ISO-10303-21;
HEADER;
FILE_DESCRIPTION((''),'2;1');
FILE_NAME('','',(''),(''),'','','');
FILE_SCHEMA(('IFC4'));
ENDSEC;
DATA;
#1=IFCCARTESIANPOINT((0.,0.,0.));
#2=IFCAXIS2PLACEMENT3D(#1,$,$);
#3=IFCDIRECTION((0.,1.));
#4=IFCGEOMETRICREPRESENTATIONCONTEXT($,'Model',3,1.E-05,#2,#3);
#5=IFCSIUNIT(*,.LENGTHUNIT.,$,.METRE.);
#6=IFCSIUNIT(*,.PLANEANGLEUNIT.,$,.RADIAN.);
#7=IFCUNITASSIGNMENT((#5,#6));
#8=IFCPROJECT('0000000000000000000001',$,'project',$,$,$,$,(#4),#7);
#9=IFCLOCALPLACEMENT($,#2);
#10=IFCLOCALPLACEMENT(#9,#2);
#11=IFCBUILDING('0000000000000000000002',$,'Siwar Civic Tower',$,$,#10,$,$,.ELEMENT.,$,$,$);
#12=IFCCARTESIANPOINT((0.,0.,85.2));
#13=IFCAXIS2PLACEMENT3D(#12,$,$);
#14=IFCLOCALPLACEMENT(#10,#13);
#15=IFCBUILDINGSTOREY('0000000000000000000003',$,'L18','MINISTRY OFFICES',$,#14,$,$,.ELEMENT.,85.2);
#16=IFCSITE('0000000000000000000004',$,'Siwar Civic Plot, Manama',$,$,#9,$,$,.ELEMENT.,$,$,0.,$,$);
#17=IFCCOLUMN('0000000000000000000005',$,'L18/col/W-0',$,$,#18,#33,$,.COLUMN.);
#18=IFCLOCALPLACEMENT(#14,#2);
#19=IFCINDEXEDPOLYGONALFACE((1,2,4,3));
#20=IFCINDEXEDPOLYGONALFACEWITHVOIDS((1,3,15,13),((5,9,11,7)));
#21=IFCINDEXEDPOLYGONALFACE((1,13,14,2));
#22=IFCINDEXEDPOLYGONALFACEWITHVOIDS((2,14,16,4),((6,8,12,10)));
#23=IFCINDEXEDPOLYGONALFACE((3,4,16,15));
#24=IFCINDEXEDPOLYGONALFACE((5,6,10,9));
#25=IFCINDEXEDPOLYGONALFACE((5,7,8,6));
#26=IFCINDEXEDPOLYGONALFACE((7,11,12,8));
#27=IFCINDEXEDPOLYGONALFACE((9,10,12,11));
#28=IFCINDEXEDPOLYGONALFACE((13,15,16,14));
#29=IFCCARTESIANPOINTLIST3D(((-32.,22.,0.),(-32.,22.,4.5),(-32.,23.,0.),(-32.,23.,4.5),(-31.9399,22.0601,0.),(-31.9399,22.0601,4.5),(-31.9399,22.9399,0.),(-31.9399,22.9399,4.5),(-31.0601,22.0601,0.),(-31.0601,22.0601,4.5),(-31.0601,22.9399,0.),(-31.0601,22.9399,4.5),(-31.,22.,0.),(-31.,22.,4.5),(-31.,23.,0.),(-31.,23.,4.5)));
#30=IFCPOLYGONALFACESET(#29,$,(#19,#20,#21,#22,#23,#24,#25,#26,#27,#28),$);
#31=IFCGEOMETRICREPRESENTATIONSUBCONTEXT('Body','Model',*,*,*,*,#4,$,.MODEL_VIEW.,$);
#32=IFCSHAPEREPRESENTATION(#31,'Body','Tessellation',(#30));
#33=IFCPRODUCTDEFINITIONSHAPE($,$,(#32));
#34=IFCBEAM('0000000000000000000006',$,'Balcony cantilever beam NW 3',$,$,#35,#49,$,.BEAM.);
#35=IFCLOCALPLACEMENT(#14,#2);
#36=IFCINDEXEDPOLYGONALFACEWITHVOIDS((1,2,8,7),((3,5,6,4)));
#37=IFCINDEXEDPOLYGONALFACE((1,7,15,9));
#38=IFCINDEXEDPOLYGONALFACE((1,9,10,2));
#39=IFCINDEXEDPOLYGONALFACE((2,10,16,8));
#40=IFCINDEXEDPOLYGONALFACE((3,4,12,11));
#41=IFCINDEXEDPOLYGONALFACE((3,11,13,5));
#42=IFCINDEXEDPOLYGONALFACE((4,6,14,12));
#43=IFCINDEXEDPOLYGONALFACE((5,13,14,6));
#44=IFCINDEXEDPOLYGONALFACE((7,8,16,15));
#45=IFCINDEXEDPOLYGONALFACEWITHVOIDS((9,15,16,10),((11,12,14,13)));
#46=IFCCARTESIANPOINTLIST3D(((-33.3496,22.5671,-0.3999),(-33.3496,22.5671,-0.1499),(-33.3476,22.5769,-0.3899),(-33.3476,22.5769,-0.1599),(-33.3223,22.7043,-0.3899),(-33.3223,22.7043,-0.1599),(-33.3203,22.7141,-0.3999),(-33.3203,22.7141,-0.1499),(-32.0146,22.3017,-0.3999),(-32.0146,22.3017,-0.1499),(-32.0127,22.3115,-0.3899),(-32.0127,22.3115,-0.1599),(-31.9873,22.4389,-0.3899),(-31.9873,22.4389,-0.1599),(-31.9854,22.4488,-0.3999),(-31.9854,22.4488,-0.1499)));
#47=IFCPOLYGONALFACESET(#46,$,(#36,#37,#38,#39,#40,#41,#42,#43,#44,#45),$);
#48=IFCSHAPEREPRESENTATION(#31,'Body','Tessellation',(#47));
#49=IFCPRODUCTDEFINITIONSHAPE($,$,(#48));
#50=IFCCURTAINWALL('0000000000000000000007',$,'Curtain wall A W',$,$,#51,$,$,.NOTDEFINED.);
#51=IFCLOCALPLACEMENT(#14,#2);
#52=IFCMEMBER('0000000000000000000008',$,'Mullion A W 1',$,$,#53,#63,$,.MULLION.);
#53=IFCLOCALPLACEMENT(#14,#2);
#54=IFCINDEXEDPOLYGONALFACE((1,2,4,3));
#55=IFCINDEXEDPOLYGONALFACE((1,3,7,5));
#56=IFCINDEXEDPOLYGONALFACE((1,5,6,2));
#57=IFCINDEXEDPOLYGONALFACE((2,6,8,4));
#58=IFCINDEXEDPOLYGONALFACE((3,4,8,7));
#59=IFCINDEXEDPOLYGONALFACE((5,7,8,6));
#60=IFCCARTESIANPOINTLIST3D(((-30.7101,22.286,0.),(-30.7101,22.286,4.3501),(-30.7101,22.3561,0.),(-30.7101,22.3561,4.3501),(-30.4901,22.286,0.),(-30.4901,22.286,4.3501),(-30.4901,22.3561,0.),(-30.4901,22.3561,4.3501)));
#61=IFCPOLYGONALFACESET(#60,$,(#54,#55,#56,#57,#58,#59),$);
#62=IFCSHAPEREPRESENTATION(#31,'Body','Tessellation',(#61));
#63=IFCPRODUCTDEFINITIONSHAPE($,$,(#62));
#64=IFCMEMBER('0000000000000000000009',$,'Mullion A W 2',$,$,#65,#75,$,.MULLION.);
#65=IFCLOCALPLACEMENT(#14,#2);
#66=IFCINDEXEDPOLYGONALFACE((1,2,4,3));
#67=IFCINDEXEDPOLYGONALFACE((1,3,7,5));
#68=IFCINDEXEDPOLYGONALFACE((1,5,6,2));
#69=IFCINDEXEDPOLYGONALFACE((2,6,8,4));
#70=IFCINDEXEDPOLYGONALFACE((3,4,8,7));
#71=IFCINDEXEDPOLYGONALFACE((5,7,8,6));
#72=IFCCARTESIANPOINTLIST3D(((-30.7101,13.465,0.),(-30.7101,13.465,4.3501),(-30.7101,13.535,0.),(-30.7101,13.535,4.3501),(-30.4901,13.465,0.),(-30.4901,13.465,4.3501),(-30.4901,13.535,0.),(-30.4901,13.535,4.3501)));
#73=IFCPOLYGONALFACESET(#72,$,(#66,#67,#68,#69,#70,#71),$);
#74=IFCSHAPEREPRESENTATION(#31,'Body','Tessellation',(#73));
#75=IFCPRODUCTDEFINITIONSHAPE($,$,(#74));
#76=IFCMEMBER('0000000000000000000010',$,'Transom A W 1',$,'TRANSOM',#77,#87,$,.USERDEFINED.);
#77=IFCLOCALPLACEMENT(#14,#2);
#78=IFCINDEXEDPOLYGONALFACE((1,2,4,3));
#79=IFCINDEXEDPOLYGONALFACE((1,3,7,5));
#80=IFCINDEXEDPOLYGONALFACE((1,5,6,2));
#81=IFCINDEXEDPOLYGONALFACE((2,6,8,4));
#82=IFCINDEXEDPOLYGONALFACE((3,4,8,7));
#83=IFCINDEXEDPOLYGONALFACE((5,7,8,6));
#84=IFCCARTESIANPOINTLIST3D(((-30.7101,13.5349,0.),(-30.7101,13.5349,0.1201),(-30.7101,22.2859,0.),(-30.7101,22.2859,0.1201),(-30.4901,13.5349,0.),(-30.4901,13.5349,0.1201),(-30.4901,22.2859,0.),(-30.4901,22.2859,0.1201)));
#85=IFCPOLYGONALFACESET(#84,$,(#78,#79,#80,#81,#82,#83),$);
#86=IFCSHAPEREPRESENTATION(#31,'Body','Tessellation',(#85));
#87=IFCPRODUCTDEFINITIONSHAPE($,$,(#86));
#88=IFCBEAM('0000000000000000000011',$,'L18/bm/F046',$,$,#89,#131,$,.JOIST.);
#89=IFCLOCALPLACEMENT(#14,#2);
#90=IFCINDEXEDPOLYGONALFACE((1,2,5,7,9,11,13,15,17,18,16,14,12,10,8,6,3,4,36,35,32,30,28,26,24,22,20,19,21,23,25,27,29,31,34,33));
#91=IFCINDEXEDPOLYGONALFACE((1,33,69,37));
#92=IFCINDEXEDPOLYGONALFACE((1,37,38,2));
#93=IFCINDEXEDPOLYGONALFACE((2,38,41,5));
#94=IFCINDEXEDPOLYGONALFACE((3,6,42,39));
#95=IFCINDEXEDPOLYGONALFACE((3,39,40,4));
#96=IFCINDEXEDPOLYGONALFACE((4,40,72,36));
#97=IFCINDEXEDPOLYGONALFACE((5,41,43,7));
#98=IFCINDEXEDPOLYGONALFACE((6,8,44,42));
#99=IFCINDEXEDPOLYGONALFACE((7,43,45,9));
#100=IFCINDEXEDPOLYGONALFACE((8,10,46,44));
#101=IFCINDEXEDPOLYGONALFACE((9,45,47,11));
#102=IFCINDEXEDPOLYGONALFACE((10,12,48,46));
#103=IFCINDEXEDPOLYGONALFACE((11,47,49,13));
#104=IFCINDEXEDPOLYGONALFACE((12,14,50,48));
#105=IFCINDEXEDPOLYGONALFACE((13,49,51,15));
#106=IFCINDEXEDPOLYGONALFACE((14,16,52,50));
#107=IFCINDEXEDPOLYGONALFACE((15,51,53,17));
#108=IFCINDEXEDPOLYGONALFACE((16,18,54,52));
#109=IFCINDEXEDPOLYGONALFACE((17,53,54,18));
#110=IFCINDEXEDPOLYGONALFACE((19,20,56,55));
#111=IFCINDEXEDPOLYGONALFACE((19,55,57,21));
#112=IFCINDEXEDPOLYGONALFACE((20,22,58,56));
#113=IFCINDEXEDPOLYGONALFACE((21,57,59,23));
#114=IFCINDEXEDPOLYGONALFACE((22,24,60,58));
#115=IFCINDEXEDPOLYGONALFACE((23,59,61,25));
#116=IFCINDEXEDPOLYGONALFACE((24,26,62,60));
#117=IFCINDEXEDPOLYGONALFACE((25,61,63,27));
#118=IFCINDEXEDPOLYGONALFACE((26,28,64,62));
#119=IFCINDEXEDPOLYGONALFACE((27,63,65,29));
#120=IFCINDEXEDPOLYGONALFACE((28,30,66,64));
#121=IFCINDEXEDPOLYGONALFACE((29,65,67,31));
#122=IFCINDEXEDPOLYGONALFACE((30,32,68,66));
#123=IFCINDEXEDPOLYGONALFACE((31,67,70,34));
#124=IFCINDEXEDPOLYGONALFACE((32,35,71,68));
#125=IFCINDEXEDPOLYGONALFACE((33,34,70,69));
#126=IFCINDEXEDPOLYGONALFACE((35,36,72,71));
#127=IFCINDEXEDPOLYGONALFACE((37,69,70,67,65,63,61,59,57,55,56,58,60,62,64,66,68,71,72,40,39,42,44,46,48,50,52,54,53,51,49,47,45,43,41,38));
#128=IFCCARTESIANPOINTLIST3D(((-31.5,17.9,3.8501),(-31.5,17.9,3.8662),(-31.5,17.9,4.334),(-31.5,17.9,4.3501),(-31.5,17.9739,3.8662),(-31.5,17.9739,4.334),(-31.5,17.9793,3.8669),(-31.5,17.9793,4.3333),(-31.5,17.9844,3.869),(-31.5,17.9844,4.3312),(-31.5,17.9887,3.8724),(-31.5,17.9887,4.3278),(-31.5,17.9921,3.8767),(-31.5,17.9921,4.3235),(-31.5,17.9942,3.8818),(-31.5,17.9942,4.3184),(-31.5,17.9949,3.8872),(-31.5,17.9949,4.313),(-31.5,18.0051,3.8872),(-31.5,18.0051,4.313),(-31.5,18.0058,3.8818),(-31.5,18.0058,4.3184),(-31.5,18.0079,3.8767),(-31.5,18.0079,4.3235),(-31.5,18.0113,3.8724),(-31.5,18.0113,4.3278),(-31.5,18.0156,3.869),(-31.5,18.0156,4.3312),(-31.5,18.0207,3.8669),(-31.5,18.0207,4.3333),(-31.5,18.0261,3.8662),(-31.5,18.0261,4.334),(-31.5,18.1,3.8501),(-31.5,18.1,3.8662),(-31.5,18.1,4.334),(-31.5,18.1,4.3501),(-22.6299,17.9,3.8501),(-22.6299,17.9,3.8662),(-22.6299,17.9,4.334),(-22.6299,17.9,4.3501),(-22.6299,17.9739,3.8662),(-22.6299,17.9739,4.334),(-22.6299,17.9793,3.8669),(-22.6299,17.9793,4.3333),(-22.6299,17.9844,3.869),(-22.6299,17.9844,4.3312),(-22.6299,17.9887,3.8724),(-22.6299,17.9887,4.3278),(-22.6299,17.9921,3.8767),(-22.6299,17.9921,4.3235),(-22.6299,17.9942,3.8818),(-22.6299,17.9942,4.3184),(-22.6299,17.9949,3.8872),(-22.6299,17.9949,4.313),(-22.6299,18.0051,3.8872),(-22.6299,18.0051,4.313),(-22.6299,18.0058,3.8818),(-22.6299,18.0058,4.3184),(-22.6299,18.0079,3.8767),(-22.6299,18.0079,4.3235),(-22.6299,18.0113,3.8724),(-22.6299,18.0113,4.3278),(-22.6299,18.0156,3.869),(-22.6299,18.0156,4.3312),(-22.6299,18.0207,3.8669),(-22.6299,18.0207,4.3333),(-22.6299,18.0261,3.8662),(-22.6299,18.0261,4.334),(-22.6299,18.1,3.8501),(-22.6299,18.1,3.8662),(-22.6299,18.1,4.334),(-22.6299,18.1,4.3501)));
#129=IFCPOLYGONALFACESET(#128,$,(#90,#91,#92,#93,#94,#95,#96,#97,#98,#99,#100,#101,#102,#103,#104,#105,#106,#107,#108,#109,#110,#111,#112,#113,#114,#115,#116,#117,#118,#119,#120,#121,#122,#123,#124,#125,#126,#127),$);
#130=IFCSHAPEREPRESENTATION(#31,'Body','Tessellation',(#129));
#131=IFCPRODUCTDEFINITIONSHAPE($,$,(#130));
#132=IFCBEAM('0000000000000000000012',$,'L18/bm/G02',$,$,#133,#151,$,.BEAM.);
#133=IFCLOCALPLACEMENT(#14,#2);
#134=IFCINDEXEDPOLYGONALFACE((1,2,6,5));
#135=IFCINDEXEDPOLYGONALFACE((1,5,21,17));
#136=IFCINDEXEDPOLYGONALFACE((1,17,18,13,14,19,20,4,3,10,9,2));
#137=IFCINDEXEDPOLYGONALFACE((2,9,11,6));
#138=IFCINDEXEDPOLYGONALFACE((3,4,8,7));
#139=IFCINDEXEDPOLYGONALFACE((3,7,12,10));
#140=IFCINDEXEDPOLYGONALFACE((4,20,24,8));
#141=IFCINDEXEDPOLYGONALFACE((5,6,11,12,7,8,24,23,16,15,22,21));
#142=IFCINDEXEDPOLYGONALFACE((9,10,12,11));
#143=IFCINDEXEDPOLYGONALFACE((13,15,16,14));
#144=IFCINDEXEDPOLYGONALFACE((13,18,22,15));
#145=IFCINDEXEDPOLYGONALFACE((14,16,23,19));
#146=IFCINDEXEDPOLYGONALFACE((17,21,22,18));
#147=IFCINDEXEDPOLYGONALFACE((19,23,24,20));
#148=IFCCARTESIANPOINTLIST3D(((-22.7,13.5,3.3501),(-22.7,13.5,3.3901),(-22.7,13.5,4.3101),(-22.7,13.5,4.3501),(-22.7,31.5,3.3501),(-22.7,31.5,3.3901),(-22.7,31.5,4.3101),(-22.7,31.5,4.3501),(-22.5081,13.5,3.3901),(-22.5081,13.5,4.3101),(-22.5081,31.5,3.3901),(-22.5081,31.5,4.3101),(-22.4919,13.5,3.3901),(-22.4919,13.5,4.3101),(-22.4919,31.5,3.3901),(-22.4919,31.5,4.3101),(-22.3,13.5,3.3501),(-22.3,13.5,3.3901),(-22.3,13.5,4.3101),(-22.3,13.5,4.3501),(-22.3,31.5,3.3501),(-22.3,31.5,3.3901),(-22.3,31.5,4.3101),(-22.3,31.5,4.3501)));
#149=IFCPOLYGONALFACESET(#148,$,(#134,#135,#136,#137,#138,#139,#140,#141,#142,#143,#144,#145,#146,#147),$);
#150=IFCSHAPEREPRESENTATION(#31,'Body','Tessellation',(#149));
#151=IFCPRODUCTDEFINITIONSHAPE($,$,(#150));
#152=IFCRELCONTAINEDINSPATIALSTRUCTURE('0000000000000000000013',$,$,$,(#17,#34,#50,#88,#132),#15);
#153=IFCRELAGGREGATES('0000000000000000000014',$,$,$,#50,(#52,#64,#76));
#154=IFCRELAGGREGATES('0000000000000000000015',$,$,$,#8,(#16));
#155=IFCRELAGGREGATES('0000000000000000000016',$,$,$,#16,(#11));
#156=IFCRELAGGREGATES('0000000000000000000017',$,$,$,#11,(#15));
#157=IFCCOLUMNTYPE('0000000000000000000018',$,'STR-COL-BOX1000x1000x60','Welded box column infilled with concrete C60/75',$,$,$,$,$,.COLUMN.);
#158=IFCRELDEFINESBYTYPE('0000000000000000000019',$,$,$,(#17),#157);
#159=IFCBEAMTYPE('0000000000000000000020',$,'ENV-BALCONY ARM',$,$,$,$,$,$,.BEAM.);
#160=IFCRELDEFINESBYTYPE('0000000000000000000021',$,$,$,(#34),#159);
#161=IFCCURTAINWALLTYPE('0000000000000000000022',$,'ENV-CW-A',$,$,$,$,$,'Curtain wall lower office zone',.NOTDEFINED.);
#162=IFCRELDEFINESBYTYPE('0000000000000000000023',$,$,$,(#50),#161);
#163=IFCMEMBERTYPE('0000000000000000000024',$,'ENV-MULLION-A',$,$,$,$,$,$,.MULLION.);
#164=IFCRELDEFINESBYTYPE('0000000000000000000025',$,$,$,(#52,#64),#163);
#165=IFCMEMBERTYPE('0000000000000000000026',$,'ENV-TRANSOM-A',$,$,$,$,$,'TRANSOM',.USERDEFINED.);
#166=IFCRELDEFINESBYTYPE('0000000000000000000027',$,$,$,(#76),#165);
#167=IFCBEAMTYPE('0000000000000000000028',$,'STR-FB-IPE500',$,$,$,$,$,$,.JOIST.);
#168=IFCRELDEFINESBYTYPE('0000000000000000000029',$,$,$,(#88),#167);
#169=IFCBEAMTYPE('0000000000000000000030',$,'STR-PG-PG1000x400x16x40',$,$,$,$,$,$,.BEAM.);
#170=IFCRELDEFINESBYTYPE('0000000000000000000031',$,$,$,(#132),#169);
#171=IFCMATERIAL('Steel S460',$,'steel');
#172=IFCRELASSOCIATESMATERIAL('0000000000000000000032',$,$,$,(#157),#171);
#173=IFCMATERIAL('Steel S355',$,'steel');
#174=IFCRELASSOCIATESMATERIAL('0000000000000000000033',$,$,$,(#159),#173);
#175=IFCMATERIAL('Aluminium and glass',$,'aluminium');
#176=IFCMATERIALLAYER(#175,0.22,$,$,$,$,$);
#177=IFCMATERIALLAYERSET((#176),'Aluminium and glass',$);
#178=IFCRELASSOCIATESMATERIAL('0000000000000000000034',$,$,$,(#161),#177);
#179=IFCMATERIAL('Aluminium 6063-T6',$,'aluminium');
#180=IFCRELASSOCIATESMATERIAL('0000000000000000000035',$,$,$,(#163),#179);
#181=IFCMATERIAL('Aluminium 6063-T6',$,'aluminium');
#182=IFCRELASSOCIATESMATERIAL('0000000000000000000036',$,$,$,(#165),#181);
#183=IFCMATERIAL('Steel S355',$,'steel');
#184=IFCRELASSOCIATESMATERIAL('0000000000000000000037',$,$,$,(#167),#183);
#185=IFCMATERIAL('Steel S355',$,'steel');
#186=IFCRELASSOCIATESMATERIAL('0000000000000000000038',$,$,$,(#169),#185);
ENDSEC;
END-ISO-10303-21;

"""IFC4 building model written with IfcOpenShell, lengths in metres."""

from ifc_helpers import new_model, si_unit, direction, frame, origin, origin_2d, place, context, subcontext, project, spatial, rectangle, hollow_rectangle, i_section, extrude, material, layer, layer_set, material_profile, profile_set, type_object, element, aggregate, save


model = new_model("IFC4")

# Units and contexts
model_context = context("Model", 3, precision=1e-05, world=origin(), true_north=direction((0.0, 1.0)))
body_context = subcontext(model_context, "Body", "Model", "MODEL_VIEW")
ifc_project = project(units=[si_unit("LENGTHUNIT", "METRE"), si_unit("PLANEANGLEUNIT", "RADIAN")], contexts=[model_context])

# Site, building, storey
site_placement = place(None, origin())
site = spatial("IfcSite", under=ifc_project, at=site_placement, Name="Siwar Civic Plot, Manama", CompositionType="ELEMENT", RefElevation=0.0)
building_placement = place(site_placement, origin())
building = spatial("IfcBuilding", under=site, at=building_placement, Name="Siwar Civic Tower", CompositionType="ELEMENT")
storey_placement = place(building_placement, frame((0.0, 0.0, 85.2)))
storey = spatial("IfcBuildingStorey", under=building, at=storey_placement, Name="L18", Description="MINISTRY OFFICES", CompositionType="ELEMENT", Elevation=85.2)

# Column
ifc_material_1 = material(Name="Steel S460", Category="steel")
ifc_material_profile_1 = material_profile(ifc_material_1, hollow_rectangle(XDim=1.0, YDim=1.0, WallThickness=0.0601, at=origin_2d()), Name="BOX1000x1000x60")
ifc_profile_set_1 = profile_set([ifc_material_profile_1], Name="Steel S460")
column_type = type_object("IfcColumnType", Name="STR-COL-BOX1000x1000x60", Description="Welded box column infilled with concrete C60/75", PredefinedType="COLUMN", material=ifc_profile_set_1)
column_placement = place(storey_placement, frame((-31.5, 22.5, 0.0), z_axis=(0.0, 0.0, 1.0), x_axis=(1.0, 0.0, 0.0)))
element("IfcColumn", 1, at=column_placement, inside=storey, type_object=column_type, Name="L18/col/W-0", PredefinedType="COLUMN", context=body_context, shape_type="SweptSolid", body=[
    extrude(hollow_rectangle(XDim=1.0, YDim=1.0, WallThickness=0.0601, at=origin_2d()), origin(), (0.0, 0.0, 1.0), 4.5),
])

# Beam
ifc_material_2 = material(Name="Steel S355", Category="steel")
ifc_material_profile_2 = material_profile(ifc_material_2, hollow_rectangle(XDim=0.1499, YDim=0.25, WallThickness=0.01, at=origin_2d()), Name="RHS250x150x10")
ifc_profile_set_2 = profile_set([ifc_material_profile_2], Name="Steel S355")
beam_type_1 = type_object("IfcBeamType", Name="ENV-BALCONY ARM", PredefinedType="BEAM", material=ifc_profile_set_2)
beam_1_placement = place(storey_placement, frame((-32.0, 22.3752, -0.2749), z_axis=(-0.980808, 0.194978, 0.0), x_axis=(-0.194978, -0.980808, 0.0)))
element("IfcBeam", 2, at=beam_1_placement, inside=storey, type_object=beam_type_1, Name="Balcony cantilever beam NW 3", PredefinedType="BEAM", context=body_context, shape_type="SweptSolid", body=[
    extrude(hollow_rectangle(XDim=0.1499, YDim=0.25, WallThickness=0.01, at=origin_2d()), origin(), (0.0, 0.0, 1.0), 1.3611),
])

# Curtain wall, members
ifc_material_3 = material(Name="Aluminium and glass", Category="aluminium")
ifc_layer_1 = layer(ifc_material_3, 0.22)
ifc_layer_set_1 = layer_set([ifc_layer_1], Name="Aluminium and glass")
curtain_wall_type = type_object("IfcCurtainWallType", Name="ENV-CW-A", ElementType="Curtain wall lower office zone", PredefinedType="NOTDEFINED", material=ifc_layer_set_1)
curtain_wall_placement = place(storey_placement, origin())
curtain_wall = element("IfcCurtainWall", 3, at=curtain_wall_placement, inside=storey, type_object=curtain_wall_type, Name="Curtain wall A W", PredefinedType="NOTDEFINED")
ifc_material_4 = material(Name="Aluminium 6063-T6", Category="aluminium")
ifc_material_profile_3 = material_profile(ifc_material_4, rectangle(XDim=0.22, YDim=0.0701, at=origin_2d()), Name="AL 220x70")
ifc_profile_set_3 = profile_set([ifc_material_profile_3], Name="Aluminium 6063-T6")
member_type_1 = type_object("IfcMemberType", Name="ENV-MULLION-A", PredefinedType="MULLION", material=ifc_profile_set_3)
member_1_placement = place(storey_placement, frame((-30.6001, 22.321, 0.0), z_axis=(0.0, 0.0, 1.0), x_axis=(1.0, 0.0, 0.0)))
member_1 = element("IfcMember", 4, at=member_1_placement, type_object=member_type_1, Name="Mullion A W 1", PredefinedType="MULLION", context=body_context, shape_type="SweptSolid", body=[
    extrude(rectangle(XDim=0.22, YDim=0.0701, at=origin_2d()), origin(), (0.0, 0.0, 1.0), 4.3501),
])
member_2_placement = place(storey_placement, frame((-30.6001, 13.5, 0.0), z_axis=(0.0, 0.0, 1.0), x_axis=(1.0, 0.0, 0.0)))
member_2 = element("IfcMember", 5, at=member_2_placement, type_object=member_type_1, Name="Mullion A W 2", PredefinedType="MULLION", context=body_context, shape_type="SweptSolid", body=[
    extrude(rectangle(XDim=0.22, YDim=0.0701, at=origin_2d()), origin(), (0.0, 0.0, 1.0), 4.3501),
])
ifc_material_5 = material(Name="Aluminium 6063-T6", Category="aluminium")
ifc_material_profile_4 = material_profile(ifc_material_5, rectangle(XDim=0.22, YDim=0.1201, at=origin_2d()), Name="AL 220x120")
ifc_profile_set_4 = profile_set([ifc_material_profile_4], Name="Aluminium 6063-T6")
member_type_2 = type_object("IfcMemberType", Name="ENV-TRANSOM-A", ElementType="TRANSOM", PredefinedType="USERDEFINED", material=ifc_profile_set_4)
member_3_placement = place(storey_placement, frame((-30.6001, 22.2859, 0.0601), z_axis=(0.0, -1.0, 0.0), x_axis=(1.0, 0.0, 0.0)))
member_3 = element("IfcMember", 6, at=member_3_placement, type_object=member_type_2, Name="Transom A W 1", ObjectType="TRANSOM", PredefinedType="USERDEFINED", context=body_context, shape_type="SweptSolid", body=[
    extrude(rectangle(XDim=0.22, YDim=0.1201, at=origin_2d()), origin(), (0.0, 0.0, 1.0), 8.751),
])

# Beams
ifc_material_6 = material(Name="Steel S355", Category="steel")
ifc_material_profile_5 = material_profile(ifc_material_6, i_section(OverallWidth=0.2, OverallDepth=0.5, WebThickness=0.0103, FlangeThickness=0.0161, FilletRadius=0.021, at=origin_2d()), Name="IPE500")
ifc_profile_set_5 = profile_set([ifc_material_profile_5], Name="Steel S355")
beam_type_2 = type_object("IfcBeamType", Name="STR-FB-IPE500", PredefinedType="JOIST", material=ifc_profile_set_5)
beam_2_placement = place(storey_placement, frame((-31.5, 18.0, 4.1001), z_axis=(1.0, 0.0, 0.0), x_axis=(0.0, 1.0, 0.0)))
element("IfcBeam", 7, at=beam_2_placement, inside=storey, type_object=beam_type_2, Name="L18/bm/F046", PredefinedType="JOIST", context=body_context, shape_type="SweptSolid", body=[
    extrude(i_section(OverallWidth=0.2, OverallDepth=0.5, WebThickness=0.0103, FlangeThickness=0.0161, FilletRadius=0.021, at=origin_2d()), origin(), (0.0, 0.0, 1.0), 8.8701),
])
ifc_material_7 = material(Name="Steel S355", Category="steel")
ifc_material_profile_6 = material_profile(ifc_material_7, i_section(OverallWidth=0.3999, OverallDepth=1.0, WebThickness=0.0161, FlangeThickness=0.04, at=origin_2d()), Name="PG1000x400x16x40")
ifc_profile_set_6 = profile_set([ifc_material_profile_6], Name="Steel S355")
beam_type_3 = type_object("IfcBeamType", Name="STR-PG-PG1000x400x16x40", PredefinedType="BEAM", material=ifc_profile_set_6)
beam_3_placement = place(storey_placement, frame((-22.5, 13.5, 3.8501), z_axis=(0.0, 1.0, 0.0), x_axis=(-1.0, 0.0, 0.0)))
element("IfcBeam", 8, at=beam_3_placement, inside=storey, type_object=beam_type_3, Name="L18/bm/G02", PredefinedType="BEAM", context=body_context, shape_type="SweptSolid", body=[
    extrude(i_section(OverallWidth=0.3999, OverallDepth=1.0, WebThickness=0.0161, FlangeThickness=0.04, at=origin_2d()), origin(), (0.0, 0.0, 1.0), 18.0),
])

aggregate(curtain_wall, [member_1, member_2, member_3])

save(model, "model.ifc")
